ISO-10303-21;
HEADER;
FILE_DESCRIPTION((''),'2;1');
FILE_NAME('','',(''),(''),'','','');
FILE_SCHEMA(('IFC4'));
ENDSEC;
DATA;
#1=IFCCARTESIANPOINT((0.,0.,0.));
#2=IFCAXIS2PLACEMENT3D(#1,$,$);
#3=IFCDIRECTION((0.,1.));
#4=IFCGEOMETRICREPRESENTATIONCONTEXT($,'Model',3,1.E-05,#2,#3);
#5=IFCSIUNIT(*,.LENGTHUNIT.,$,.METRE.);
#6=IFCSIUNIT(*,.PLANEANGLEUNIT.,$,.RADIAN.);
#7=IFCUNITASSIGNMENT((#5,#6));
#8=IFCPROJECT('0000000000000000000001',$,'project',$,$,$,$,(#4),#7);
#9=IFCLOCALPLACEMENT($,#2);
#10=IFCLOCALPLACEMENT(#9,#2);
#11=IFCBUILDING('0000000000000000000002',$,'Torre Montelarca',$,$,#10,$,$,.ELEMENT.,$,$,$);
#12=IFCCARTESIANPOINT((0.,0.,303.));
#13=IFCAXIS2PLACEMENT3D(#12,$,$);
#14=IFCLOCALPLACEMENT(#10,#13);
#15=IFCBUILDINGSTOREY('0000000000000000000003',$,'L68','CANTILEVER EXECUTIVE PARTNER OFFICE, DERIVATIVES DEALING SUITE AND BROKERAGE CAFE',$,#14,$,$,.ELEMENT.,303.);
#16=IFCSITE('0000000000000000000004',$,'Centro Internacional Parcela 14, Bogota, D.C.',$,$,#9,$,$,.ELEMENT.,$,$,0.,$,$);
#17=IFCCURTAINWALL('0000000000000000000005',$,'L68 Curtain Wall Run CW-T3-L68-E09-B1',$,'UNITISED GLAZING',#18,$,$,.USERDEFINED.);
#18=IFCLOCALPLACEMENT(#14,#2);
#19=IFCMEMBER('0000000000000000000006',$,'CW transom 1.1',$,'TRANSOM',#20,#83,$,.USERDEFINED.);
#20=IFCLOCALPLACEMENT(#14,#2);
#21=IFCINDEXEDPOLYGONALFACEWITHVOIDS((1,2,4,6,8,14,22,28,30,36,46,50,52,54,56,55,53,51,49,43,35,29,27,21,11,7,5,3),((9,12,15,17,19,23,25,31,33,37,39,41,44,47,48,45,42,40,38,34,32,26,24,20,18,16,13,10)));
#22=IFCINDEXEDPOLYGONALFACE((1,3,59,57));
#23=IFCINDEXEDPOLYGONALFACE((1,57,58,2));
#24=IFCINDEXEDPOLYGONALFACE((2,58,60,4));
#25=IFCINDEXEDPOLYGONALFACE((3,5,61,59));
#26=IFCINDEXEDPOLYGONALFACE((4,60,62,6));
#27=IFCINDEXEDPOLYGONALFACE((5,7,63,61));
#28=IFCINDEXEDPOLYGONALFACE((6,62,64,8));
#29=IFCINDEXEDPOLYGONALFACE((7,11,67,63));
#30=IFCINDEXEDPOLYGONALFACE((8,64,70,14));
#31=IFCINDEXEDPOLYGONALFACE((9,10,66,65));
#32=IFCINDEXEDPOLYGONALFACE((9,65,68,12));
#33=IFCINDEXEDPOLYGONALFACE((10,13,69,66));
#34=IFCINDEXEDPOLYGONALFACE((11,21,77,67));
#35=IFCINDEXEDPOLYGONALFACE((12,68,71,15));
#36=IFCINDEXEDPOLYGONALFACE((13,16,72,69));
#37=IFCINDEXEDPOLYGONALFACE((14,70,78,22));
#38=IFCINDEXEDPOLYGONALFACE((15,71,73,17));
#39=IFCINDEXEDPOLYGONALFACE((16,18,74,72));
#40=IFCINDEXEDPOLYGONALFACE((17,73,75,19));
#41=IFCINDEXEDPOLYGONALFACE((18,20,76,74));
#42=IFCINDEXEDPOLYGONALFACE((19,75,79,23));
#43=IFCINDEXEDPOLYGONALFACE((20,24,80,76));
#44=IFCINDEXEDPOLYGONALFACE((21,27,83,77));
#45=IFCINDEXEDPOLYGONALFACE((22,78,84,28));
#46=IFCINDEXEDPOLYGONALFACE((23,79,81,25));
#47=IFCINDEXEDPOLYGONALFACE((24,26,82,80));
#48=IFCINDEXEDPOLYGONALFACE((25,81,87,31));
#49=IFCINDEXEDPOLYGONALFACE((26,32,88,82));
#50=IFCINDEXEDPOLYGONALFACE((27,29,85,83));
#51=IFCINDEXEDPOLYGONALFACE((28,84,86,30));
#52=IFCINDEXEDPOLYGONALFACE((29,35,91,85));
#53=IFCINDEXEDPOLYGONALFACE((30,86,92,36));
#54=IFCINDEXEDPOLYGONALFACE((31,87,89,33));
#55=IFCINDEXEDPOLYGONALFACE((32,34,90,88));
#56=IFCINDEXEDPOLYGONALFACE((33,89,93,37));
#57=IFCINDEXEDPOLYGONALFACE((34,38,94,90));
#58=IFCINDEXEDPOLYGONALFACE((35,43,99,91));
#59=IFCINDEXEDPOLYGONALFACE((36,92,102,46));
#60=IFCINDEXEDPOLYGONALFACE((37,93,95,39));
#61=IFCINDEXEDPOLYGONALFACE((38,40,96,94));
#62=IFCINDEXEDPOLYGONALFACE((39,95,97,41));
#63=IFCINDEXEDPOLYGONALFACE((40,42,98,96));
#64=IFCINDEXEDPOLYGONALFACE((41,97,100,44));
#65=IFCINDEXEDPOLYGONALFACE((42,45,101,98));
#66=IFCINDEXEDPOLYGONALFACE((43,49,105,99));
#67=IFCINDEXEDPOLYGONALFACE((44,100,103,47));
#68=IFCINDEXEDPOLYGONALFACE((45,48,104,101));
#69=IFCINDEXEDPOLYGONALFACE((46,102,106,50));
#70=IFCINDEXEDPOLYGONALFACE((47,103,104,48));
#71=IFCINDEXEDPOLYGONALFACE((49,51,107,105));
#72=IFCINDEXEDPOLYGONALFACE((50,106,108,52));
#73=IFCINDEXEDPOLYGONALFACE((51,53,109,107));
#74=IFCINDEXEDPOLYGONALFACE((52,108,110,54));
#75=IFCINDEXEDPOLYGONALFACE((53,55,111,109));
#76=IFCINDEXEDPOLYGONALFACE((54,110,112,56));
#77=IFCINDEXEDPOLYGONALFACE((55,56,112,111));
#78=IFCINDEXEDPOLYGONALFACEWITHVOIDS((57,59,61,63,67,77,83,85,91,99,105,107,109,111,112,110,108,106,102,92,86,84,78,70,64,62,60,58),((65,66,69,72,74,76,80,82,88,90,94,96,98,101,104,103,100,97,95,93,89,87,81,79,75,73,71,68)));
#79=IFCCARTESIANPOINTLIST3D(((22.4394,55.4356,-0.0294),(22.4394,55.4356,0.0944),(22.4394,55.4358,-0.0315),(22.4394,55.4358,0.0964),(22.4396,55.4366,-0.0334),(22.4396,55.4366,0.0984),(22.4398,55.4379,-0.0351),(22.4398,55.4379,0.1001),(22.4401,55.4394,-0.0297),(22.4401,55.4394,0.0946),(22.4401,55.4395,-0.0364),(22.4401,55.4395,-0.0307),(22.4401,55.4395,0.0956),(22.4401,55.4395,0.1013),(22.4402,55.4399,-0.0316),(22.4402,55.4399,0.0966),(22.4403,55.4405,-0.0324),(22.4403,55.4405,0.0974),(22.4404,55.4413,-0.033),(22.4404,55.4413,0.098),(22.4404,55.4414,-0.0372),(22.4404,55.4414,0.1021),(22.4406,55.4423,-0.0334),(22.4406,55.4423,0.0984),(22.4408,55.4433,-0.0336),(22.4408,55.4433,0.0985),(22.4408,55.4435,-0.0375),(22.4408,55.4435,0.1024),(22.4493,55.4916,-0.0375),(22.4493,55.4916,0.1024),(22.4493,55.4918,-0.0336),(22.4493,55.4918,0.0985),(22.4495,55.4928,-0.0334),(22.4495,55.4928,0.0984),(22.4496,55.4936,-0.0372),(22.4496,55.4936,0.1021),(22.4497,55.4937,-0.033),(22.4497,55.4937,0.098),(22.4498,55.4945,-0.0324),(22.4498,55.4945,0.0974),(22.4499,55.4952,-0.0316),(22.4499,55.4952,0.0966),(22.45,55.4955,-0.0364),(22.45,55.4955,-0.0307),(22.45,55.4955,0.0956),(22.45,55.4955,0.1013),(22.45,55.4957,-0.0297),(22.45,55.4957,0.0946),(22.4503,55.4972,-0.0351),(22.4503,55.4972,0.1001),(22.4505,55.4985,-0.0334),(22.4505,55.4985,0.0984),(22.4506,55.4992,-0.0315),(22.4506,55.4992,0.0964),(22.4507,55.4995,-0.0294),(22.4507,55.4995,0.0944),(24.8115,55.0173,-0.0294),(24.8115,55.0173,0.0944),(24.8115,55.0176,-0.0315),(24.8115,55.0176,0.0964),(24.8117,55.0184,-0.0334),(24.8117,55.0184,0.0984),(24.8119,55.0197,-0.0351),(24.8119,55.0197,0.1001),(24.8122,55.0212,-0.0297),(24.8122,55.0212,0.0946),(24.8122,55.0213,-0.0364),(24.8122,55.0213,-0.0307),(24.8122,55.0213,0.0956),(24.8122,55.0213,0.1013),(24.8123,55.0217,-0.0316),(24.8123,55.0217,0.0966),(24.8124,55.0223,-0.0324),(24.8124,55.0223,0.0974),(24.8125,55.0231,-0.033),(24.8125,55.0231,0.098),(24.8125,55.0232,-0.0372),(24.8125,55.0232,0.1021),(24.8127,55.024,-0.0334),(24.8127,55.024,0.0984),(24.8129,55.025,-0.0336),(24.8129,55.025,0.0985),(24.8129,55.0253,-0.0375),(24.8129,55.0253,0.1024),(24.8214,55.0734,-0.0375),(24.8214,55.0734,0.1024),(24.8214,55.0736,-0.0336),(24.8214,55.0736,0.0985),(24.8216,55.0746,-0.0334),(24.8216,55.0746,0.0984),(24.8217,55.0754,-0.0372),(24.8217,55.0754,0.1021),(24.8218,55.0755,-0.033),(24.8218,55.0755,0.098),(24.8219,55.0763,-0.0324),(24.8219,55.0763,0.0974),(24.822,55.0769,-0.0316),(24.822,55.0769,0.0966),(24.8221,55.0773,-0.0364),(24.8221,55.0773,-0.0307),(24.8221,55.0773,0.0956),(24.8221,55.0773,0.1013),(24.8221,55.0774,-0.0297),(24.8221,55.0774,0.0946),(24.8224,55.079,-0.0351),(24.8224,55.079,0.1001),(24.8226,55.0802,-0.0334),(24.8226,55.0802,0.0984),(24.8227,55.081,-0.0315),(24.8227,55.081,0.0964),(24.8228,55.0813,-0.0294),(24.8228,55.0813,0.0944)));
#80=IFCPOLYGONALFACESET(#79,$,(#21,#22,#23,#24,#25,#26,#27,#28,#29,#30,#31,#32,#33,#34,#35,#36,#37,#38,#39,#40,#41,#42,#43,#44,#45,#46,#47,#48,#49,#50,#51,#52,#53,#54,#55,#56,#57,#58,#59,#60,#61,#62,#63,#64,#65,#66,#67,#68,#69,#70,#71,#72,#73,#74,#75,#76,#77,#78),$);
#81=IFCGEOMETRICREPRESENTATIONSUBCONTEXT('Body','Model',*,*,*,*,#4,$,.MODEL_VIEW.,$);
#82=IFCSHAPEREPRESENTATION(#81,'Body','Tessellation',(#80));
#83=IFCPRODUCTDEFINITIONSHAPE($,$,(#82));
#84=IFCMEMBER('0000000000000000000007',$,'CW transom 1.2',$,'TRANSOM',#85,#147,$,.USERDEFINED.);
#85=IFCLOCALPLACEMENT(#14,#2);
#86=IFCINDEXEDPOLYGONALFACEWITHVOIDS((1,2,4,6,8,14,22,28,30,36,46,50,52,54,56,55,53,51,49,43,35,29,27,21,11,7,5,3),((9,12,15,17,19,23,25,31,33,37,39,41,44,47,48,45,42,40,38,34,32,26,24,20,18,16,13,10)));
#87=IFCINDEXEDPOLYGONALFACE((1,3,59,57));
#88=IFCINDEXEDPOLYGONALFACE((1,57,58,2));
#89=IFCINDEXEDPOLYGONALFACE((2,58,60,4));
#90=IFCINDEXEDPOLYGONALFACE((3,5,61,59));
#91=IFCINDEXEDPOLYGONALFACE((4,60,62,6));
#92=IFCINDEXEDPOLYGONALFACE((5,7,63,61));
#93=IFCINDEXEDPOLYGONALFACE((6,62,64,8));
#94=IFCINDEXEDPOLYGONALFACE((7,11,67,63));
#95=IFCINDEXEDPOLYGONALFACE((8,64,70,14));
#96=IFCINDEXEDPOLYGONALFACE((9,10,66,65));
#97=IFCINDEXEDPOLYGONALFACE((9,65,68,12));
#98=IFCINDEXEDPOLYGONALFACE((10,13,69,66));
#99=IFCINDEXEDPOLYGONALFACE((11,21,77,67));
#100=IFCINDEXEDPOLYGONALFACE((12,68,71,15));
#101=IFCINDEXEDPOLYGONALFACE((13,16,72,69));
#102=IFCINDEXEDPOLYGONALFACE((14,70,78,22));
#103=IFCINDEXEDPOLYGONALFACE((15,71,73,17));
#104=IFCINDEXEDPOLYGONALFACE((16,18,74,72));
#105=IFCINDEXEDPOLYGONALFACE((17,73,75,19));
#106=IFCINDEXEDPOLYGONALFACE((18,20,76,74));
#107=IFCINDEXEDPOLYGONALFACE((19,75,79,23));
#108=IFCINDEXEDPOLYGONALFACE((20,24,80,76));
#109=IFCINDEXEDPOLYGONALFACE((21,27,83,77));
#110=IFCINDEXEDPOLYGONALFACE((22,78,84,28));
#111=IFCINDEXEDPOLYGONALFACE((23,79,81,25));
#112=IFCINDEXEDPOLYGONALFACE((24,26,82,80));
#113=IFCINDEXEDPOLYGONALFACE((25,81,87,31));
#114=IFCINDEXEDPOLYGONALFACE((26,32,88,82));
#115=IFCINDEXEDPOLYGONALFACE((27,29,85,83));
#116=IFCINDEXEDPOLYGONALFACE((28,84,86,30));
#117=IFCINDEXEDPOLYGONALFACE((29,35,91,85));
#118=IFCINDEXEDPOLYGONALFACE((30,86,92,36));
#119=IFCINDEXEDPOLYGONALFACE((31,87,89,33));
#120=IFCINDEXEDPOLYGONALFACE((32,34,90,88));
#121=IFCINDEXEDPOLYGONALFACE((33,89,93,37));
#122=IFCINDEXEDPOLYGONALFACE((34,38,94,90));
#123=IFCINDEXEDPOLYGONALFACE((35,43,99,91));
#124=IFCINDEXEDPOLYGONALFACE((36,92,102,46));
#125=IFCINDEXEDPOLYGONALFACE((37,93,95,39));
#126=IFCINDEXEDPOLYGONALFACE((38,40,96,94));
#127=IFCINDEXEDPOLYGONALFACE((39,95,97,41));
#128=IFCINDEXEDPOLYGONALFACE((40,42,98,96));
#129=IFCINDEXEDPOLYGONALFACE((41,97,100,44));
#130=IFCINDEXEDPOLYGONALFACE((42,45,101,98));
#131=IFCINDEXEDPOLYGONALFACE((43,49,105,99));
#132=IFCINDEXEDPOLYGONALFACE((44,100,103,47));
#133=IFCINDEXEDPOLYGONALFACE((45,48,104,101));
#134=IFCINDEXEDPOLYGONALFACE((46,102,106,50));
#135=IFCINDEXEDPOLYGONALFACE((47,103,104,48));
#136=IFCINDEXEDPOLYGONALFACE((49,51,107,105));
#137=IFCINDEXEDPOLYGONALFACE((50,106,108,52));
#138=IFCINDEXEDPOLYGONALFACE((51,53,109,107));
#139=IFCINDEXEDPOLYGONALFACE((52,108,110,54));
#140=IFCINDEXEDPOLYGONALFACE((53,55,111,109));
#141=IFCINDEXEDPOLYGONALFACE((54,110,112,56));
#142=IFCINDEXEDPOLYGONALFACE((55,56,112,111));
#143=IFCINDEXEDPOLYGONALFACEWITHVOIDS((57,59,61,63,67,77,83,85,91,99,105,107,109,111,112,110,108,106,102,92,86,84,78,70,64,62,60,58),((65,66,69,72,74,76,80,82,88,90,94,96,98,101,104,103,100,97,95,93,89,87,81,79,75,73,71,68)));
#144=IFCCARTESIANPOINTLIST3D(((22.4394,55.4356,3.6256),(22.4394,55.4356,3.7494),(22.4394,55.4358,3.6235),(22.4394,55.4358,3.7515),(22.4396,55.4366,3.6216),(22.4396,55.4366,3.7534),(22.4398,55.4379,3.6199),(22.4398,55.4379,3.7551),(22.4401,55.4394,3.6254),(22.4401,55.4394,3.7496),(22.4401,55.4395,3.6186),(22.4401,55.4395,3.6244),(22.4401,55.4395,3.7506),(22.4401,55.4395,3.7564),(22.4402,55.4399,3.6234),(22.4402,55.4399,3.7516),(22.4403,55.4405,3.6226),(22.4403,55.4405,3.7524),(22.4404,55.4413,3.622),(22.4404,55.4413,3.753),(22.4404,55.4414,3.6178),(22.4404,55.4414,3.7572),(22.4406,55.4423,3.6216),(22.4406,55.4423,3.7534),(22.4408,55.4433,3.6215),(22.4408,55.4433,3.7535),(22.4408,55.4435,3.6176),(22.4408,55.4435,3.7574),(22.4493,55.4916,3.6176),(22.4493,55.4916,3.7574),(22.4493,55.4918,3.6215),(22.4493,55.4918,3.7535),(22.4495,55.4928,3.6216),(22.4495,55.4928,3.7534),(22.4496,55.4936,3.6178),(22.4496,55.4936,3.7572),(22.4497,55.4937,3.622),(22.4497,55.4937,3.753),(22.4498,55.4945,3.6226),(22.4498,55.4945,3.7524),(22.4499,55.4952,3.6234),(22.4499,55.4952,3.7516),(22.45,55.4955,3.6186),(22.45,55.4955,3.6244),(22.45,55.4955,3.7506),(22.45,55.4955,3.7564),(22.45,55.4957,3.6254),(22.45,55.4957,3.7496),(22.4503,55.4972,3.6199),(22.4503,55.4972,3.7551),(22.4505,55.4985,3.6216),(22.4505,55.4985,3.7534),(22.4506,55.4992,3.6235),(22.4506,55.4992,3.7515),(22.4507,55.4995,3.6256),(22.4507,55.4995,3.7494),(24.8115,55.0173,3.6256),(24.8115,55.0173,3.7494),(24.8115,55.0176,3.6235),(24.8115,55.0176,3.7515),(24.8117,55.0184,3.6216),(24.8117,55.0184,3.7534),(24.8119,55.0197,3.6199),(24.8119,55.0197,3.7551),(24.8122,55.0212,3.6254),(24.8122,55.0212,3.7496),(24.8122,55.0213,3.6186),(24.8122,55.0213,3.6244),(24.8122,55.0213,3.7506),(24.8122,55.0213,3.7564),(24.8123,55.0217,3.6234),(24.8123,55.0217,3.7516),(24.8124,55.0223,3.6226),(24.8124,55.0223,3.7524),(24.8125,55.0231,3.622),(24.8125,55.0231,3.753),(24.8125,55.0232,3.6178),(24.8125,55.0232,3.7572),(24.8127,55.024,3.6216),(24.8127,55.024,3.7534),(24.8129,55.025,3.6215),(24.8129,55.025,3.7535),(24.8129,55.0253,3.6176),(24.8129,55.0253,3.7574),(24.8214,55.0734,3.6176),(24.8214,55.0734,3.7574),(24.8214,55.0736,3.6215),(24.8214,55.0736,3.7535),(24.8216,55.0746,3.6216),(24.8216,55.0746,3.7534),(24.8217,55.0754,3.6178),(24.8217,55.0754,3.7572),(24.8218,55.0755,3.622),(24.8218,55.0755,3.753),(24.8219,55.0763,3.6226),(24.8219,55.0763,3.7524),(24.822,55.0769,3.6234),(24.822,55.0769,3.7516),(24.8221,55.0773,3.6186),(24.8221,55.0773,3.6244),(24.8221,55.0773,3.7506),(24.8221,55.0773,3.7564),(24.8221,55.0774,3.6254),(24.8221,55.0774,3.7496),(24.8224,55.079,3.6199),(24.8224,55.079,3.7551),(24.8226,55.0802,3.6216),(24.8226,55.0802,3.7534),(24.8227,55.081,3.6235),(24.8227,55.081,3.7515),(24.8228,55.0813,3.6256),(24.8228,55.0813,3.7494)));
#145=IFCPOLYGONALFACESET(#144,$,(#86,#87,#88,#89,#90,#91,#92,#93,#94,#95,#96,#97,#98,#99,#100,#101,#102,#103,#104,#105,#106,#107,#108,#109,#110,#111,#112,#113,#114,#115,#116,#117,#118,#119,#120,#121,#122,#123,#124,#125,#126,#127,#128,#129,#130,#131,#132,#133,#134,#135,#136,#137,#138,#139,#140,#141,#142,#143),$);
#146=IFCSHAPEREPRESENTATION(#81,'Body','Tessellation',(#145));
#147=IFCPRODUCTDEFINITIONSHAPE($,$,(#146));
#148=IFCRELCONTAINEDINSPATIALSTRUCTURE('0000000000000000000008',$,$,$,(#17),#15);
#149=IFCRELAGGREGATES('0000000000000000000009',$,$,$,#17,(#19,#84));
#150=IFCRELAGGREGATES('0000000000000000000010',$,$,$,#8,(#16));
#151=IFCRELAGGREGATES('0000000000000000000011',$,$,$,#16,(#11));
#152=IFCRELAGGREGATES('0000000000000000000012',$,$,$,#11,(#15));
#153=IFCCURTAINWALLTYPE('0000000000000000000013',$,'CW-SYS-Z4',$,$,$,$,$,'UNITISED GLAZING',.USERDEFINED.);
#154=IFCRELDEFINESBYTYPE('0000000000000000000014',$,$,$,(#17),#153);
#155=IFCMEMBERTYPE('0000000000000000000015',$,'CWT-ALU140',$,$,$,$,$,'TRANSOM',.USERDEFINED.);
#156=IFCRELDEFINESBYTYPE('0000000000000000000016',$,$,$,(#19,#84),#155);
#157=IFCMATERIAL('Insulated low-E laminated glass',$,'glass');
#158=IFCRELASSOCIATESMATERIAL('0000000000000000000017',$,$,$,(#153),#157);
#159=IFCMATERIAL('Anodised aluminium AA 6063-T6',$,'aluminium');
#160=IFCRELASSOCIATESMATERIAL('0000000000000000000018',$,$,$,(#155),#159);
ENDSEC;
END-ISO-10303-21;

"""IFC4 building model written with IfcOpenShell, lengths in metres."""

from ifc_helpers import new_model, si_unit, direction, frame, origin, origin_2d, place, context, subcontext, project, spatial, hollow_rectangle, extrude, source, transform, mapped, material, material_profile, profile_set, type_object, element, aggregate, save


model = new_model("IFC4")

# Units and contexts
model_context = context("Model", 3, precision=1e-05, world=origin(), true_north=direction((0.0, 1.0)))
body_context = subcontext(model_context, "Body", "Model", "MODEL_VIEW")
ifc_project = project(units=[si_unit("LENGTHUNIT", "METRE"), si_unit("PLANEANGLEUNIT", "RADIAN")], contexts=[model_context])

# Site, building, storey
site_placement = place(None, origin())
site = spatial("IfcSite", under=ifc_project, at=site_placement, Name="Centro Internacional Parcela 14, Bogota, D.C.", CompositionType="ELEMENT", RefElevation=0.0)
building_placement = place(site_placement, origin())
building = spatial("IfcBuilding", under=site, at=building_placement, Name="Torre Montelarca", CompositionType="ELEMENT")
storey_placement = place(building_placement, frame((0.0, 0.0, 303.0)))
storey = spatial("IfcBuildingStorey", under=building, at=storey_placement, Name="L68", Description="CANTILEVER EXECUTIVE PARTNER OFFICE, DERIVATIVES DEALING SUITE AND BROKERAGE CAFE", CompositionType="ELEMENT", Elevation=303.0)

# Curtain wall
ifc_material_1 = material(Name="Insulated low-E laminated glass", Category="glass")
curtain_wall_type = type_object("IfcCurtainWallType", Name="CW-SYS-Z4", ElementType="UNITISED GLAZING", PredefinedType="USERDEFINED", material=ifc_material_1)
curtain_wall_1_placement = place(storey_placement, origin())
curtain_wall_1 = element("IfcCurtainWall", 1, at=curtain_wall_1_placement, inside=storey, type_object=curtain_wall_type, Name="L68 Curtain Wall Run CW-T3-L68-E09-B1", ObjectType="UNITISED GLAZING", PredefinedType="USERDEFINED")
ifc_material_2 = material(Name="Anodised aluminium AA 6063-T6", Category="aluminium")

# Members
ifc_material_profile_1 = material_profile(ifc_material_2, hollow_rectangle(XDim=0.0649, YDim=0.1399, WallThickness=0.0039, InnerFilletRadius=0.0039, OuterFilletRadius=0.0081, at=origin_2d()), Name="ALU65X140X4", Category="aluminium")
ifc_profile_set_1 = profile_set([ifc_material_profile_1], Name="Anodised aluminium AA 6063-T6")
member_type_1 = type_object("IfcMemberType", Name="CWT-ALU140", ElementType="TRANSOM", PredefinedType="USERDEFINED", material=ifc_profile_set_1)
shared_shape_1 = source(origin(), body_context, "Body", "SweptSolid", [
    extrude(hollow_rectangle(XDim=0.0649, YDim=0.1399, WallThickness=0.0039, InnerFilletRadius=0.0039, OuterFilletRadius=0.0081, at=origin_2d()), origin(), (0.0, 0.0, 1.0), 2.4087),
])
member_1_placement = place(storey_placement, frame((24.8171, 55.0493, 0.0325), z_axis=(-0.984811, 0.173629, 0.0), x_axis=(-0.173629, -0.984811, 0.0)))
member_1 = element("IfcMember", 2, at=member_1_placement, type_object=member_type_1, Name="CW transom 1.1", ObjectType="TRANSOM", PredefinedType="USERDEFINED", context=body_context, shape_type="MappedRepresentation", body=[
    mapped(shared_shape_1, transform((0.0, 0.0, 0.0), scale=1.0)),
])
member_2_placement = place(storey_placement, frame((24.8171, 55.0493, 3.6875), z_axis=(-0.984811, 0.173629, 0.0), x_axis=(-0.173629, -0.984811, 0.0)))
member_2 = element("IfcMember", 3, at=member_2_placement, type_object=member_type_1, Name="CW transom 1.2", ObjectType="TRANSOM", PredefinedType="USERDEFINED", context=body_context, shape_type="MappedRepresentation", body=[
    mapped(shared_shape_1, transform((0.0, 0.0, 0.0), scale=1.0)),
])

aggregate(curtain_wall_1, [member_1, member_2])

save(model, "model.ifc")
